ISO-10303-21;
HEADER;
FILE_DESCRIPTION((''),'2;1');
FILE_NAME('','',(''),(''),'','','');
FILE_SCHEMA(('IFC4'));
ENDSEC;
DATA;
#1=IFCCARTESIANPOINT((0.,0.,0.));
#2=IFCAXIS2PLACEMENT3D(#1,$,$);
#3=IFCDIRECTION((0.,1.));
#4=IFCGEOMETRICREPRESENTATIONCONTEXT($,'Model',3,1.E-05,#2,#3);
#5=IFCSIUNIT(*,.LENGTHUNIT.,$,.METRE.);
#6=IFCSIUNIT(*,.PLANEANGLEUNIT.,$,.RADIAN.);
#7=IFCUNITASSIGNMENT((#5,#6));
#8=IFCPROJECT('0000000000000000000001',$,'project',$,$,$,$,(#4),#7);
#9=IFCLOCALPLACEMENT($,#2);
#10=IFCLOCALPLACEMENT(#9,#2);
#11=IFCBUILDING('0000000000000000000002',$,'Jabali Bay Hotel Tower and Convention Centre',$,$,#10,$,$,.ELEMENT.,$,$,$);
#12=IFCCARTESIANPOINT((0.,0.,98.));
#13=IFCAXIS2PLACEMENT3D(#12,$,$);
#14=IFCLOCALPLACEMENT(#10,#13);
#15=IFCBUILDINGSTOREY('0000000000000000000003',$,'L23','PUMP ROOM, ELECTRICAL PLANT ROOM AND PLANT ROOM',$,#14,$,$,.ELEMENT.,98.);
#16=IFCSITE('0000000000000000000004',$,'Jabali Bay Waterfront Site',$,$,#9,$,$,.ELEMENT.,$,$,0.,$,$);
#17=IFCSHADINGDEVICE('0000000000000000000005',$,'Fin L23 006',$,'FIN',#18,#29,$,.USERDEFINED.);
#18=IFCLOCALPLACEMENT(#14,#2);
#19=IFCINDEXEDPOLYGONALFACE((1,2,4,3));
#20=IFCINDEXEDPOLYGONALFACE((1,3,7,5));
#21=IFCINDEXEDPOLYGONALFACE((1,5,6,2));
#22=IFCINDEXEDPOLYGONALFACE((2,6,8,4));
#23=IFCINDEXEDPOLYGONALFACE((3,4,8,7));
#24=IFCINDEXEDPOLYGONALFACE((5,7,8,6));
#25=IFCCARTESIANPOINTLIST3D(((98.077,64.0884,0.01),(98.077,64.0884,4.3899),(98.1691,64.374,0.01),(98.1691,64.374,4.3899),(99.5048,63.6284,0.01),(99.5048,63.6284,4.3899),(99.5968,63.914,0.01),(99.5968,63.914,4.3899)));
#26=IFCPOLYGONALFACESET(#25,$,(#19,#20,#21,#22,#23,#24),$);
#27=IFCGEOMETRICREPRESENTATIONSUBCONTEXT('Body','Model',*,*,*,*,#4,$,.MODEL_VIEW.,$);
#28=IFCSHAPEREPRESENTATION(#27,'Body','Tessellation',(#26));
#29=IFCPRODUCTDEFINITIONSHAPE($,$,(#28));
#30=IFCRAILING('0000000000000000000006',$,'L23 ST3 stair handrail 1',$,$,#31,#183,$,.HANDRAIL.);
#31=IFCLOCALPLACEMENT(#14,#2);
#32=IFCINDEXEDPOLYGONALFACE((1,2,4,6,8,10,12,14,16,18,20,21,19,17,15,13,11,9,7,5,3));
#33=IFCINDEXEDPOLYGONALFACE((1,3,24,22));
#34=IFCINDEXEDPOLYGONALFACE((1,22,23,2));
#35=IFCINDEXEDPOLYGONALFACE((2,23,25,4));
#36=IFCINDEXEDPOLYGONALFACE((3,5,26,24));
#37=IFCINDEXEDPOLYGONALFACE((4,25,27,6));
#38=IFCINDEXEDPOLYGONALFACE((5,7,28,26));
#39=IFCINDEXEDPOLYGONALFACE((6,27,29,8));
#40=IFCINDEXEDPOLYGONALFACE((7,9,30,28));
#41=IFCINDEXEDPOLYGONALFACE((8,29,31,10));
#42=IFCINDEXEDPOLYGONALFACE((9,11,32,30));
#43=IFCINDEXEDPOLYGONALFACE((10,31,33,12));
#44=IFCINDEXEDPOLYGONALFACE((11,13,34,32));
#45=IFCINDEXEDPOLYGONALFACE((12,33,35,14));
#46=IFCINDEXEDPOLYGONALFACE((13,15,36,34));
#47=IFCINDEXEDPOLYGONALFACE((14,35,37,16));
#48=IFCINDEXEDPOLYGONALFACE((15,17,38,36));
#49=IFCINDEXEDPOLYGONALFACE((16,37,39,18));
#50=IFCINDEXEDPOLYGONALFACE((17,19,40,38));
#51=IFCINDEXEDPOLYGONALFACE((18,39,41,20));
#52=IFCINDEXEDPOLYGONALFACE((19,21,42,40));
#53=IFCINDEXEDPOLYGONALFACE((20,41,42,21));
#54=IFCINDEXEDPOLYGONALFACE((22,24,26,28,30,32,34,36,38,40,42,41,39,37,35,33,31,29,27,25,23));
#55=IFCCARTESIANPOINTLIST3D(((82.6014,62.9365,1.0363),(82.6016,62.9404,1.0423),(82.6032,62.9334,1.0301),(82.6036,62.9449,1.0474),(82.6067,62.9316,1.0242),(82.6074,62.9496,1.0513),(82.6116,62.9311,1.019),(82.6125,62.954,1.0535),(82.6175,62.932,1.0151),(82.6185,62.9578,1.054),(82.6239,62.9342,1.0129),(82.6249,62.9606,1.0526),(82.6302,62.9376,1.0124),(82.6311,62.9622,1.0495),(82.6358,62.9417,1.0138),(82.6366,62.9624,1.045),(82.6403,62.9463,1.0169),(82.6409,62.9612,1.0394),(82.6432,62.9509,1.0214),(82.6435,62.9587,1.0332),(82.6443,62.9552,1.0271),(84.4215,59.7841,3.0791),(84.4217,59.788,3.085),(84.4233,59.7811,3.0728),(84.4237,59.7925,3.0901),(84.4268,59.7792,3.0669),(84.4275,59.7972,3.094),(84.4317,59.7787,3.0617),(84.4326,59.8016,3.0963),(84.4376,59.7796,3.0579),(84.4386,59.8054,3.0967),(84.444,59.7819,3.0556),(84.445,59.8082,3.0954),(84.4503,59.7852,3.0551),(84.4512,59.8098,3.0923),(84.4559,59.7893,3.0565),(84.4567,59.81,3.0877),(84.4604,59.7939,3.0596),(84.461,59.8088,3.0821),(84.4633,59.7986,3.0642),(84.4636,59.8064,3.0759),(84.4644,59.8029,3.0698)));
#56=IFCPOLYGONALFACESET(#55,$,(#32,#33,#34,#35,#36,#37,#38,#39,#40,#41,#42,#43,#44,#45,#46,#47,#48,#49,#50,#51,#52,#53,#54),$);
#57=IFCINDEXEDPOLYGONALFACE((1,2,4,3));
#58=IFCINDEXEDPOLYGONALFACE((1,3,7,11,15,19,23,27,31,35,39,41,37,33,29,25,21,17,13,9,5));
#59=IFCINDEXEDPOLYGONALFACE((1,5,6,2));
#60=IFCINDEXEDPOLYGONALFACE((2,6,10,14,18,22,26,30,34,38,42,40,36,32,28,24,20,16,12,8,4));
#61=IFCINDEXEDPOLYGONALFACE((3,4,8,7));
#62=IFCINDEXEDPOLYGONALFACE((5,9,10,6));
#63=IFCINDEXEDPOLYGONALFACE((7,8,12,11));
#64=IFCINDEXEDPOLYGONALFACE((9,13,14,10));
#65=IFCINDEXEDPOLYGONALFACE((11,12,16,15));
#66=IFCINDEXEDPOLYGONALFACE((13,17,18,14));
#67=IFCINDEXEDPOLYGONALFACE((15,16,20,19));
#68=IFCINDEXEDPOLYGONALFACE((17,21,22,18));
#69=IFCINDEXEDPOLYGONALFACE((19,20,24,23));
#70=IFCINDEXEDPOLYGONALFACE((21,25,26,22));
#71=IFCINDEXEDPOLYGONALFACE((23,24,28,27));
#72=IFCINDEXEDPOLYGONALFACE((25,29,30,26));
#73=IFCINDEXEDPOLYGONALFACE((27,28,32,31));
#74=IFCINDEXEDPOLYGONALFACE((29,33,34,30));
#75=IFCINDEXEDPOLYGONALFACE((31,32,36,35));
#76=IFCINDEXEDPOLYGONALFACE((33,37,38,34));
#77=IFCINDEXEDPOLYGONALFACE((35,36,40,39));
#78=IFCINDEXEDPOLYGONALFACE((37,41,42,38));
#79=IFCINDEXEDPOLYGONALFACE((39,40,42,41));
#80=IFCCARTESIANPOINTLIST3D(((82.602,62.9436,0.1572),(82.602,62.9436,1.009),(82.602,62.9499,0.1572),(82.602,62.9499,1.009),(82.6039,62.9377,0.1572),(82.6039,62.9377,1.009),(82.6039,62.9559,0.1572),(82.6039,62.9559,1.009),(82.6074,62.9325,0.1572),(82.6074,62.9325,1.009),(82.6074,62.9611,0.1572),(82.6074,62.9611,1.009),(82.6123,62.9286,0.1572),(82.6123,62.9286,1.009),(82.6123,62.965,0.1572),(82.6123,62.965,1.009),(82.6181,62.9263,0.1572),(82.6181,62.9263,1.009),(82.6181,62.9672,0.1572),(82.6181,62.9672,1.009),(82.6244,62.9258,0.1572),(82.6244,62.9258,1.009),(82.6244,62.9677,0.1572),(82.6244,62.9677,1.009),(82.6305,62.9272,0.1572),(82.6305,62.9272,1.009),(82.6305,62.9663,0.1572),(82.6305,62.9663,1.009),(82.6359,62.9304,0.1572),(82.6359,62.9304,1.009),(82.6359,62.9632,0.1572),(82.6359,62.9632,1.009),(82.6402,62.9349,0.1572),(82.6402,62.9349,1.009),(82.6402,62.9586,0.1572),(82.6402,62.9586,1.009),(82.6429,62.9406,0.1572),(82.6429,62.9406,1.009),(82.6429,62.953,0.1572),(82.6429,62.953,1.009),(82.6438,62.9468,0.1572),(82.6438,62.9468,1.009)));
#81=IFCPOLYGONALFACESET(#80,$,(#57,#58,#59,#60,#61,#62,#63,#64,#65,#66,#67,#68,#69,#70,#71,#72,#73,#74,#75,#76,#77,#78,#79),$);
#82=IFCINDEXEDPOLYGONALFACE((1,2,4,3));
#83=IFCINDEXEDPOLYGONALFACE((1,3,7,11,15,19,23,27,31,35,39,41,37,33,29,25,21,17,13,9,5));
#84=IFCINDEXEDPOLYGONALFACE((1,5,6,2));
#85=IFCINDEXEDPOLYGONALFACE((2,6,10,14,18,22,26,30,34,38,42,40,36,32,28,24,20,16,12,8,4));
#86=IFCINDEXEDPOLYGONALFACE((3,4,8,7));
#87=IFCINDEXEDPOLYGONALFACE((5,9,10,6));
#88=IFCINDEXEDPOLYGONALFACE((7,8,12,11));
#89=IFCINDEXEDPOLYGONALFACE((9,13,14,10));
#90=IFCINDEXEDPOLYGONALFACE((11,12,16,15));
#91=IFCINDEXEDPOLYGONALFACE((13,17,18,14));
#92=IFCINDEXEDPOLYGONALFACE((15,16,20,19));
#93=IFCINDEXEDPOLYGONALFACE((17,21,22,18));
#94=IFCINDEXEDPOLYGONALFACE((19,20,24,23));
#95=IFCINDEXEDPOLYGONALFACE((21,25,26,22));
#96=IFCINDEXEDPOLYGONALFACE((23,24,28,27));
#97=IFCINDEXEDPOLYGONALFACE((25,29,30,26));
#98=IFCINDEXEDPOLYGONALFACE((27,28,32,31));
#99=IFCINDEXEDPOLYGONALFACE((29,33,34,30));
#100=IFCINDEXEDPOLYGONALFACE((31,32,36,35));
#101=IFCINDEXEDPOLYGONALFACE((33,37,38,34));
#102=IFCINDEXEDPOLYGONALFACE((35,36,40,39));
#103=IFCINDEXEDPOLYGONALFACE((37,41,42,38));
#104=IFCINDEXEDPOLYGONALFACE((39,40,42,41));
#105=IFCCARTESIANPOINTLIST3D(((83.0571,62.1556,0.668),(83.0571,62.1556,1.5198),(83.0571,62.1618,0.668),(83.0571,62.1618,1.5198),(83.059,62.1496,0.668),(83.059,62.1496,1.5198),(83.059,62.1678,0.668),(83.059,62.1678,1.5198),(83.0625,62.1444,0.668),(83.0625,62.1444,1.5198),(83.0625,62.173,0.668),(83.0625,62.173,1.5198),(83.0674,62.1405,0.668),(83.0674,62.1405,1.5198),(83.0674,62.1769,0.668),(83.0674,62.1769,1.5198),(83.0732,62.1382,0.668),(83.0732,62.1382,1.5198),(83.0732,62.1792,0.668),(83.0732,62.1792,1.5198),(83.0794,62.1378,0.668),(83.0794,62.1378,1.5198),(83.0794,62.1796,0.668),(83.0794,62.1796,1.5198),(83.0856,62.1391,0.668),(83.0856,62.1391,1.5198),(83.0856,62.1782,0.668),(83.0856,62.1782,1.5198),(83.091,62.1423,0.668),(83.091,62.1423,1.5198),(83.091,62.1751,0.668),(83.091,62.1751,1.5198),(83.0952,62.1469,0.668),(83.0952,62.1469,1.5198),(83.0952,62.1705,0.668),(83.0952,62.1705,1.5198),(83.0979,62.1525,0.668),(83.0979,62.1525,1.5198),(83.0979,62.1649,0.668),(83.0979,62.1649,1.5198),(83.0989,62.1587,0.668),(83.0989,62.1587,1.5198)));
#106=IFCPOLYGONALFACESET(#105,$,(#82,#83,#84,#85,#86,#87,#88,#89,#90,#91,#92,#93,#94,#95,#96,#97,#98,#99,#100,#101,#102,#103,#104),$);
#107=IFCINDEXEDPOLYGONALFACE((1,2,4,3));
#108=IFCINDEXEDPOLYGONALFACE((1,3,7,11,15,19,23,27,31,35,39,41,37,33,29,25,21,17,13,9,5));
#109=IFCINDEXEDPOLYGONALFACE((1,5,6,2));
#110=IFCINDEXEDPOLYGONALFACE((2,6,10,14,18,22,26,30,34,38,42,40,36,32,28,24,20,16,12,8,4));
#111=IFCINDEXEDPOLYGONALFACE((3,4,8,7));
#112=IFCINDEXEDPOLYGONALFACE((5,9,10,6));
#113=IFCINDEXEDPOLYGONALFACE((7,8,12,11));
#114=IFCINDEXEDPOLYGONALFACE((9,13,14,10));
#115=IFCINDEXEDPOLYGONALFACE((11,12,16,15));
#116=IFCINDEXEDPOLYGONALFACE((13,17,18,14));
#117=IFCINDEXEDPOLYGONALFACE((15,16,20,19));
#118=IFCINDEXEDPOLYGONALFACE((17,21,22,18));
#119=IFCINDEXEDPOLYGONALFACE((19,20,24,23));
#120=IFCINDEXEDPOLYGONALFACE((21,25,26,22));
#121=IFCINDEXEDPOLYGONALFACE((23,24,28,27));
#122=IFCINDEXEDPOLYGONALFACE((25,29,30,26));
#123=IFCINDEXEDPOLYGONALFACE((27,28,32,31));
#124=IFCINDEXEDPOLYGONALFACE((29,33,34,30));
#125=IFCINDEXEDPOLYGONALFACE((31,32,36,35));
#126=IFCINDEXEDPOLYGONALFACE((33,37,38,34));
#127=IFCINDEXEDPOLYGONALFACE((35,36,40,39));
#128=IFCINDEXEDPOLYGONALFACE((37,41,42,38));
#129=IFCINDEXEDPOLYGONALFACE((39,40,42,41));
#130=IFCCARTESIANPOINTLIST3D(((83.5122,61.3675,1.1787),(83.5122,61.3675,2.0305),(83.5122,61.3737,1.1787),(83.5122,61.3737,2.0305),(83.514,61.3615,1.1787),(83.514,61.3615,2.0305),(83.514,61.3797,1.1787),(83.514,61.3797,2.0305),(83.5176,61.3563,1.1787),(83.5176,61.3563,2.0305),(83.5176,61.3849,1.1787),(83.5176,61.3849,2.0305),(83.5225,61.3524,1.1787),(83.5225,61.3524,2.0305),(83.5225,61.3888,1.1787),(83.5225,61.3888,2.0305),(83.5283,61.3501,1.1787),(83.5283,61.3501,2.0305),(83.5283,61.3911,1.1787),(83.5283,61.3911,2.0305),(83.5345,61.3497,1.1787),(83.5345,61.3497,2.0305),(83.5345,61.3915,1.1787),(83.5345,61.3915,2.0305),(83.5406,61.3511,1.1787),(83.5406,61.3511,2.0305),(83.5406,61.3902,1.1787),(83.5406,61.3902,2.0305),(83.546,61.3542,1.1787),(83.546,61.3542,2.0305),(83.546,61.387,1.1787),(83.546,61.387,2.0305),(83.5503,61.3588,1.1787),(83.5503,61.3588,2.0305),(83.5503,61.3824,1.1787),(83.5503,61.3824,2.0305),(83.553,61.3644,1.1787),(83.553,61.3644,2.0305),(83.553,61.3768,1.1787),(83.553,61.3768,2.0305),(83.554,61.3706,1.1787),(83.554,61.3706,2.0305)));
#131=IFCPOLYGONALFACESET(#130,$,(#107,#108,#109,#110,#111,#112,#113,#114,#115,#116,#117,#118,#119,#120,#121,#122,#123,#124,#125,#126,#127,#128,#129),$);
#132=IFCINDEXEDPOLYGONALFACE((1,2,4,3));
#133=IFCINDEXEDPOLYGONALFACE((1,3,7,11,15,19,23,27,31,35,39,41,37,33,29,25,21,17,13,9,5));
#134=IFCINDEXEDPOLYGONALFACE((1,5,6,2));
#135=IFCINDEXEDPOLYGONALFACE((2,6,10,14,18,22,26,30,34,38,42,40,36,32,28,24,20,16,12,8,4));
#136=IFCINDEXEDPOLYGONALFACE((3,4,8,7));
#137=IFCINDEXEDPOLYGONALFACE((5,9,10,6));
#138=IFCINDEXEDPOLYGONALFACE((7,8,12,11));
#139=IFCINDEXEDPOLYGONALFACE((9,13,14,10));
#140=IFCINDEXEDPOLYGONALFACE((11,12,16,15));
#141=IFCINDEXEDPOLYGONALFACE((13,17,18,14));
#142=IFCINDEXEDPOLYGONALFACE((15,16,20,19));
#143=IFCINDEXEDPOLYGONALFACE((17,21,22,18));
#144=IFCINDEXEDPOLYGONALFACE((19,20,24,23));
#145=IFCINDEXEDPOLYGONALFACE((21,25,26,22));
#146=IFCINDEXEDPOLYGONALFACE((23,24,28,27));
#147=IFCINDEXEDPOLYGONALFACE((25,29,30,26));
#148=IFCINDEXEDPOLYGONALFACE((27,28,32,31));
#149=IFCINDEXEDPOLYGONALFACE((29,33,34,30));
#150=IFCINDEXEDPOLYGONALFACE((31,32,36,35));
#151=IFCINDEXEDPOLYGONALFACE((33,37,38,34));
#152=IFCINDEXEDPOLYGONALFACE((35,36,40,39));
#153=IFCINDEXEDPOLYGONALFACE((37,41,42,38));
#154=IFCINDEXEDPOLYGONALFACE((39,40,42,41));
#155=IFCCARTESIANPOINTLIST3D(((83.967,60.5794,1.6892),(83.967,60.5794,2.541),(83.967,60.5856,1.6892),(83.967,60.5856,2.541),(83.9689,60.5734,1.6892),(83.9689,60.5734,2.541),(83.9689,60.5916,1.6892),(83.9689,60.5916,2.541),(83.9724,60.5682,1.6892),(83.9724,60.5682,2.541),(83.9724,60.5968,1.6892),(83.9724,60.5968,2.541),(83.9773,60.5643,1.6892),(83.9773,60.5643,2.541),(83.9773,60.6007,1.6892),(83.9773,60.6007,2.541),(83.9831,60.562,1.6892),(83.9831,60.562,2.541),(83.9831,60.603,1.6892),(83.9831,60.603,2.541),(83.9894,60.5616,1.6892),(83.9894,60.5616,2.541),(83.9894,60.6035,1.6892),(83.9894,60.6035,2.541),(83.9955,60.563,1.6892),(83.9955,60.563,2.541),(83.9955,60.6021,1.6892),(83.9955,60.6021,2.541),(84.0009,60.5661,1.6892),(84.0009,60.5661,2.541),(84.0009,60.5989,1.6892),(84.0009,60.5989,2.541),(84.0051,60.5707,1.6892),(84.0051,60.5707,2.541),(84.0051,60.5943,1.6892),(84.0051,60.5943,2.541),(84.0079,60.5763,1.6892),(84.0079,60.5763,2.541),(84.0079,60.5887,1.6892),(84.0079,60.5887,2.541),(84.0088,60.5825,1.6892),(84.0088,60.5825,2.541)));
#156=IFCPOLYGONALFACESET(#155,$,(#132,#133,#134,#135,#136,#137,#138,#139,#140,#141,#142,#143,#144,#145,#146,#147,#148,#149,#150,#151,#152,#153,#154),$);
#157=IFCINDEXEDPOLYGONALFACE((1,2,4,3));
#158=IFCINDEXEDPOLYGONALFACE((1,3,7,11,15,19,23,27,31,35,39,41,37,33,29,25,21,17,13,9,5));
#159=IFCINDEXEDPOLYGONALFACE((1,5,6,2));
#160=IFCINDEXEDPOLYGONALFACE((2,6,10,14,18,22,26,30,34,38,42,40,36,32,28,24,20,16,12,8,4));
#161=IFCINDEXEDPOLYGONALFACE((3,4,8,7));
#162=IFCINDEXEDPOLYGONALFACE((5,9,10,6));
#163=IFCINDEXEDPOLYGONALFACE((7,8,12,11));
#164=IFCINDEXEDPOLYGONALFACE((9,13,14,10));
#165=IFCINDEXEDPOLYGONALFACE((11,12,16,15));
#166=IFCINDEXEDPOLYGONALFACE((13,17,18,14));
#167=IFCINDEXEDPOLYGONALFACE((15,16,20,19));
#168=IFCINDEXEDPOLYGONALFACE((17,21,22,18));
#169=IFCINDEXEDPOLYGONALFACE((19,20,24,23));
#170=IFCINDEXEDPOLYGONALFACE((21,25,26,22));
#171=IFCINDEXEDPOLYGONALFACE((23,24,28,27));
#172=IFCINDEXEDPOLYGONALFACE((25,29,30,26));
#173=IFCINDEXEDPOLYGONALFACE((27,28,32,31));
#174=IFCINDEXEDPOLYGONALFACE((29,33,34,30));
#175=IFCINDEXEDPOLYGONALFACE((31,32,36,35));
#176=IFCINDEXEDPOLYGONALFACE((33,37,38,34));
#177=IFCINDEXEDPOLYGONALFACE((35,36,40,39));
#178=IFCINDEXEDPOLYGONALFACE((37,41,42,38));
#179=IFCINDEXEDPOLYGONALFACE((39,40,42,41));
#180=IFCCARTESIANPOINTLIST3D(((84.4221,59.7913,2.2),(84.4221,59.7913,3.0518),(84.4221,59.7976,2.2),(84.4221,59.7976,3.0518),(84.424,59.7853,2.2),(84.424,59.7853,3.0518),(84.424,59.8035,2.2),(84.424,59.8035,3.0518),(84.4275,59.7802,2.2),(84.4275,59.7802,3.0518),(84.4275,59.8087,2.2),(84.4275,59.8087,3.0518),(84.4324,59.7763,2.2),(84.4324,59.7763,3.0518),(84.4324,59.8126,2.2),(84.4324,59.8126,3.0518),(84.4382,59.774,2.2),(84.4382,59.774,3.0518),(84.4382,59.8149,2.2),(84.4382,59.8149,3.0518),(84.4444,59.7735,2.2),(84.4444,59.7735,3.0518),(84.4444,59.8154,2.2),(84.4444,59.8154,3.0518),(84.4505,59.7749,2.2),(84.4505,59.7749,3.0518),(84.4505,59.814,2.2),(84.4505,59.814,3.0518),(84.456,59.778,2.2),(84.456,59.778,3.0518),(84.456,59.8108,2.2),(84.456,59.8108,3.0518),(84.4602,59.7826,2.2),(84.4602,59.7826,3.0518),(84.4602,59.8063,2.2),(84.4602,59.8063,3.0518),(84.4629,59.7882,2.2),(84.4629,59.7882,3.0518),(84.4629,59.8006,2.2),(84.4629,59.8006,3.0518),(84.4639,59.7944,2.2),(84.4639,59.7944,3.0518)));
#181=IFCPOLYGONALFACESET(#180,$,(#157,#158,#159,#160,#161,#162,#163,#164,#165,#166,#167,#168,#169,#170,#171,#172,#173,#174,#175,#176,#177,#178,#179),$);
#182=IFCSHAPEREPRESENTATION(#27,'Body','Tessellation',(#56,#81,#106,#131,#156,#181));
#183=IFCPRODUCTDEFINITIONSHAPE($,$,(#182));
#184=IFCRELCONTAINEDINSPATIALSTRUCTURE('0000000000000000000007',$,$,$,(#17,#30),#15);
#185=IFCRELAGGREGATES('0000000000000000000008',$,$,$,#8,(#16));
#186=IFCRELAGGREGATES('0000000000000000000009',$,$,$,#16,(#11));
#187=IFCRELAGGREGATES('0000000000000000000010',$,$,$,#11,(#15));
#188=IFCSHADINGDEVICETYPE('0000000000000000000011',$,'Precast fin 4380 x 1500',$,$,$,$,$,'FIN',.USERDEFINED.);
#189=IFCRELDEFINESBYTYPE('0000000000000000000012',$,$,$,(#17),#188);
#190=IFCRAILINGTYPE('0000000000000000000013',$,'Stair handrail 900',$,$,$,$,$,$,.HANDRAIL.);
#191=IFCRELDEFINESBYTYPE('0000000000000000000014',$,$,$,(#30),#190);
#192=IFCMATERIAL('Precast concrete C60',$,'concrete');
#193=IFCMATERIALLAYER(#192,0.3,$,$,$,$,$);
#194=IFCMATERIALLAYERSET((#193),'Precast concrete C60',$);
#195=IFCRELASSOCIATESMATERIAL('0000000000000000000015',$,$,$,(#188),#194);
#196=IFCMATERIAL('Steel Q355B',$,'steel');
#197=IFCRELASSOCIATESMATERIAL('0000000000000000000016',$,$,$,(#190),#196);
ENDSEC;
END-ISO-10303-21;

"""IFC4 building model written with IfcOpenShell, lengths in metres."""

from ifc_helpers import new_model, si_unit, direction, frame, frame_2d, origin, origin_2d, place, context, subcontext, project, spatial, rectangle, circle, extrude, material, layer, layer_set, type_object, element, save


model = new_model("IFC4")

# Units and contexts
model_context = context("Model", 3, precision=1e-05, world=origin(), true_north=direction((0.0, 1.0)))
body_context = subcontext(model_context, "Body", "Model", "MODEL_VIEW")
ifc_project = project(units=[si_unit("LENGTHUNIT", "METRE"), si_unit("PLANEANGLEUNIT", "RADIAN")], contexts=[model_context])

# Site, building, storey
site_placement = place(None, origin())
site = spatial("IfcSite", under=ifc_project, at=site_placement, Name="Jabali Bay Waterfront Site", CompositionType="ELEMENT", RefElevation=0.0)
building_placement = place(site_placement, origin())
building = spatial("IfcBuilding", under=site, at=building_placement, Name="Jabali Bay Hotel Tower and Convention Centre", CompositionType="ELEMENT")
storey_placement = place(building_placement, frame((0.0, 0.0, 98.0)))
storey = spatial("IfcBuildingStorey", under=building, at=storey_placement, Name="L23", Description="PUMP ROOM, ELECTRICAL PLANT ROOM AND PLANT ROOM", CompositionType="ELEMENT", Elevation=98.0)

# Shading device
ifc_material_1 = material(Name="Precast concrete C60", Category="concrete")
ifc_layer_1 = layer(ifc_material_1, 0.3)
ifc_layer_set_1 = layer_set([ifc_layer_1], Name="Precast concrete C60")
shading_device_type = type_object("IfcShadingDeviceType", Name="Precast fin 4380 x 1500", ElementType="FIN", PredefinedType="USERDEFINED", material=ifc_layer_set_1)
for number, where, z_axis, x_axis, name in (
    (1, (98.123, 64.2312, 0.01), (0.0, 0.0, 1.0), (0.951825, -0.306641, 0.0), "Fin L23 006"),
):
    element("IfcShadingDevice", number, at=place(storey_placement, frame(where, z_axis=z_axis, x_axis=x_axis)), inside=storey, type_object=shading_device_type, Name=name, ObjectType="FIN", PredefinedType="USERDEFINED", context=body_context, shape_type="SweptSolid", body=[
        extrude(rectangle(XDim=1.5, YDim=0.3, at=frame_2d((0.75, 0.0))), origin(), (0.0, 0.0, 1.0), 4.3799),
    ])

# Railing
ifc_material_2 = material(Name="Steel Q355B", Category="steel")
railing_type_1 = type_object("IfcRailingType", Name="Stair handrail 900", PredefinedType="HANDRAIL", material=ifc_material_2)
railing_1_placement = place(storey_placement, frame((82.6228, 62.9468, 0.1572)))
element("IfcRailing", 2, at=railing_1_placement, inside=storey, type_object=railing_type_1, Name="L23 ST3 stair handrail 1", PredefinedType="HANDRAIL", context=body_context, shape_type="SweptSolid", body=[
    extrude(circle(Radius=0.0239, at=origin_2d()), frame((0.0, 0.0, 0.876), z_axis=(0.436044, -0.755225, 0.489387), x_axis=(0.866018, 0.500013, 0.0)), (0.0, 0.0, 1.0), 4.1741),
    extrude(circle(Radius=0.021, at=origin_2d()), origin(), (0.0, 0.0, 1.0), 0.8518),
    extrude(circle(Radius=0.021, at=origin_2d()), frame((0.4551, -0.7881, 0.5107)), (0.0, 0.0, 1.0), 0.8518),
    extrude(circle(Radius=0.021, at=origin_2d()), frame((0.9102, -1.5762, 1.0215)), (0.0, 0.0, 1.0), 0.8518),
    extrude(circle(Radius=0.021, at=origin_2d()), frame((1.365, -2.3643, 1.532)), (0.0, 0.0, 1.0), 0.8518),
    extrude(circle(Radius=0.021, at=origin_2d()), frame((1.8201, -3.1523, 2.0427)), (0.0, 0.0, 1.0), 0.8518),
])

save(model, "model.ifc")
